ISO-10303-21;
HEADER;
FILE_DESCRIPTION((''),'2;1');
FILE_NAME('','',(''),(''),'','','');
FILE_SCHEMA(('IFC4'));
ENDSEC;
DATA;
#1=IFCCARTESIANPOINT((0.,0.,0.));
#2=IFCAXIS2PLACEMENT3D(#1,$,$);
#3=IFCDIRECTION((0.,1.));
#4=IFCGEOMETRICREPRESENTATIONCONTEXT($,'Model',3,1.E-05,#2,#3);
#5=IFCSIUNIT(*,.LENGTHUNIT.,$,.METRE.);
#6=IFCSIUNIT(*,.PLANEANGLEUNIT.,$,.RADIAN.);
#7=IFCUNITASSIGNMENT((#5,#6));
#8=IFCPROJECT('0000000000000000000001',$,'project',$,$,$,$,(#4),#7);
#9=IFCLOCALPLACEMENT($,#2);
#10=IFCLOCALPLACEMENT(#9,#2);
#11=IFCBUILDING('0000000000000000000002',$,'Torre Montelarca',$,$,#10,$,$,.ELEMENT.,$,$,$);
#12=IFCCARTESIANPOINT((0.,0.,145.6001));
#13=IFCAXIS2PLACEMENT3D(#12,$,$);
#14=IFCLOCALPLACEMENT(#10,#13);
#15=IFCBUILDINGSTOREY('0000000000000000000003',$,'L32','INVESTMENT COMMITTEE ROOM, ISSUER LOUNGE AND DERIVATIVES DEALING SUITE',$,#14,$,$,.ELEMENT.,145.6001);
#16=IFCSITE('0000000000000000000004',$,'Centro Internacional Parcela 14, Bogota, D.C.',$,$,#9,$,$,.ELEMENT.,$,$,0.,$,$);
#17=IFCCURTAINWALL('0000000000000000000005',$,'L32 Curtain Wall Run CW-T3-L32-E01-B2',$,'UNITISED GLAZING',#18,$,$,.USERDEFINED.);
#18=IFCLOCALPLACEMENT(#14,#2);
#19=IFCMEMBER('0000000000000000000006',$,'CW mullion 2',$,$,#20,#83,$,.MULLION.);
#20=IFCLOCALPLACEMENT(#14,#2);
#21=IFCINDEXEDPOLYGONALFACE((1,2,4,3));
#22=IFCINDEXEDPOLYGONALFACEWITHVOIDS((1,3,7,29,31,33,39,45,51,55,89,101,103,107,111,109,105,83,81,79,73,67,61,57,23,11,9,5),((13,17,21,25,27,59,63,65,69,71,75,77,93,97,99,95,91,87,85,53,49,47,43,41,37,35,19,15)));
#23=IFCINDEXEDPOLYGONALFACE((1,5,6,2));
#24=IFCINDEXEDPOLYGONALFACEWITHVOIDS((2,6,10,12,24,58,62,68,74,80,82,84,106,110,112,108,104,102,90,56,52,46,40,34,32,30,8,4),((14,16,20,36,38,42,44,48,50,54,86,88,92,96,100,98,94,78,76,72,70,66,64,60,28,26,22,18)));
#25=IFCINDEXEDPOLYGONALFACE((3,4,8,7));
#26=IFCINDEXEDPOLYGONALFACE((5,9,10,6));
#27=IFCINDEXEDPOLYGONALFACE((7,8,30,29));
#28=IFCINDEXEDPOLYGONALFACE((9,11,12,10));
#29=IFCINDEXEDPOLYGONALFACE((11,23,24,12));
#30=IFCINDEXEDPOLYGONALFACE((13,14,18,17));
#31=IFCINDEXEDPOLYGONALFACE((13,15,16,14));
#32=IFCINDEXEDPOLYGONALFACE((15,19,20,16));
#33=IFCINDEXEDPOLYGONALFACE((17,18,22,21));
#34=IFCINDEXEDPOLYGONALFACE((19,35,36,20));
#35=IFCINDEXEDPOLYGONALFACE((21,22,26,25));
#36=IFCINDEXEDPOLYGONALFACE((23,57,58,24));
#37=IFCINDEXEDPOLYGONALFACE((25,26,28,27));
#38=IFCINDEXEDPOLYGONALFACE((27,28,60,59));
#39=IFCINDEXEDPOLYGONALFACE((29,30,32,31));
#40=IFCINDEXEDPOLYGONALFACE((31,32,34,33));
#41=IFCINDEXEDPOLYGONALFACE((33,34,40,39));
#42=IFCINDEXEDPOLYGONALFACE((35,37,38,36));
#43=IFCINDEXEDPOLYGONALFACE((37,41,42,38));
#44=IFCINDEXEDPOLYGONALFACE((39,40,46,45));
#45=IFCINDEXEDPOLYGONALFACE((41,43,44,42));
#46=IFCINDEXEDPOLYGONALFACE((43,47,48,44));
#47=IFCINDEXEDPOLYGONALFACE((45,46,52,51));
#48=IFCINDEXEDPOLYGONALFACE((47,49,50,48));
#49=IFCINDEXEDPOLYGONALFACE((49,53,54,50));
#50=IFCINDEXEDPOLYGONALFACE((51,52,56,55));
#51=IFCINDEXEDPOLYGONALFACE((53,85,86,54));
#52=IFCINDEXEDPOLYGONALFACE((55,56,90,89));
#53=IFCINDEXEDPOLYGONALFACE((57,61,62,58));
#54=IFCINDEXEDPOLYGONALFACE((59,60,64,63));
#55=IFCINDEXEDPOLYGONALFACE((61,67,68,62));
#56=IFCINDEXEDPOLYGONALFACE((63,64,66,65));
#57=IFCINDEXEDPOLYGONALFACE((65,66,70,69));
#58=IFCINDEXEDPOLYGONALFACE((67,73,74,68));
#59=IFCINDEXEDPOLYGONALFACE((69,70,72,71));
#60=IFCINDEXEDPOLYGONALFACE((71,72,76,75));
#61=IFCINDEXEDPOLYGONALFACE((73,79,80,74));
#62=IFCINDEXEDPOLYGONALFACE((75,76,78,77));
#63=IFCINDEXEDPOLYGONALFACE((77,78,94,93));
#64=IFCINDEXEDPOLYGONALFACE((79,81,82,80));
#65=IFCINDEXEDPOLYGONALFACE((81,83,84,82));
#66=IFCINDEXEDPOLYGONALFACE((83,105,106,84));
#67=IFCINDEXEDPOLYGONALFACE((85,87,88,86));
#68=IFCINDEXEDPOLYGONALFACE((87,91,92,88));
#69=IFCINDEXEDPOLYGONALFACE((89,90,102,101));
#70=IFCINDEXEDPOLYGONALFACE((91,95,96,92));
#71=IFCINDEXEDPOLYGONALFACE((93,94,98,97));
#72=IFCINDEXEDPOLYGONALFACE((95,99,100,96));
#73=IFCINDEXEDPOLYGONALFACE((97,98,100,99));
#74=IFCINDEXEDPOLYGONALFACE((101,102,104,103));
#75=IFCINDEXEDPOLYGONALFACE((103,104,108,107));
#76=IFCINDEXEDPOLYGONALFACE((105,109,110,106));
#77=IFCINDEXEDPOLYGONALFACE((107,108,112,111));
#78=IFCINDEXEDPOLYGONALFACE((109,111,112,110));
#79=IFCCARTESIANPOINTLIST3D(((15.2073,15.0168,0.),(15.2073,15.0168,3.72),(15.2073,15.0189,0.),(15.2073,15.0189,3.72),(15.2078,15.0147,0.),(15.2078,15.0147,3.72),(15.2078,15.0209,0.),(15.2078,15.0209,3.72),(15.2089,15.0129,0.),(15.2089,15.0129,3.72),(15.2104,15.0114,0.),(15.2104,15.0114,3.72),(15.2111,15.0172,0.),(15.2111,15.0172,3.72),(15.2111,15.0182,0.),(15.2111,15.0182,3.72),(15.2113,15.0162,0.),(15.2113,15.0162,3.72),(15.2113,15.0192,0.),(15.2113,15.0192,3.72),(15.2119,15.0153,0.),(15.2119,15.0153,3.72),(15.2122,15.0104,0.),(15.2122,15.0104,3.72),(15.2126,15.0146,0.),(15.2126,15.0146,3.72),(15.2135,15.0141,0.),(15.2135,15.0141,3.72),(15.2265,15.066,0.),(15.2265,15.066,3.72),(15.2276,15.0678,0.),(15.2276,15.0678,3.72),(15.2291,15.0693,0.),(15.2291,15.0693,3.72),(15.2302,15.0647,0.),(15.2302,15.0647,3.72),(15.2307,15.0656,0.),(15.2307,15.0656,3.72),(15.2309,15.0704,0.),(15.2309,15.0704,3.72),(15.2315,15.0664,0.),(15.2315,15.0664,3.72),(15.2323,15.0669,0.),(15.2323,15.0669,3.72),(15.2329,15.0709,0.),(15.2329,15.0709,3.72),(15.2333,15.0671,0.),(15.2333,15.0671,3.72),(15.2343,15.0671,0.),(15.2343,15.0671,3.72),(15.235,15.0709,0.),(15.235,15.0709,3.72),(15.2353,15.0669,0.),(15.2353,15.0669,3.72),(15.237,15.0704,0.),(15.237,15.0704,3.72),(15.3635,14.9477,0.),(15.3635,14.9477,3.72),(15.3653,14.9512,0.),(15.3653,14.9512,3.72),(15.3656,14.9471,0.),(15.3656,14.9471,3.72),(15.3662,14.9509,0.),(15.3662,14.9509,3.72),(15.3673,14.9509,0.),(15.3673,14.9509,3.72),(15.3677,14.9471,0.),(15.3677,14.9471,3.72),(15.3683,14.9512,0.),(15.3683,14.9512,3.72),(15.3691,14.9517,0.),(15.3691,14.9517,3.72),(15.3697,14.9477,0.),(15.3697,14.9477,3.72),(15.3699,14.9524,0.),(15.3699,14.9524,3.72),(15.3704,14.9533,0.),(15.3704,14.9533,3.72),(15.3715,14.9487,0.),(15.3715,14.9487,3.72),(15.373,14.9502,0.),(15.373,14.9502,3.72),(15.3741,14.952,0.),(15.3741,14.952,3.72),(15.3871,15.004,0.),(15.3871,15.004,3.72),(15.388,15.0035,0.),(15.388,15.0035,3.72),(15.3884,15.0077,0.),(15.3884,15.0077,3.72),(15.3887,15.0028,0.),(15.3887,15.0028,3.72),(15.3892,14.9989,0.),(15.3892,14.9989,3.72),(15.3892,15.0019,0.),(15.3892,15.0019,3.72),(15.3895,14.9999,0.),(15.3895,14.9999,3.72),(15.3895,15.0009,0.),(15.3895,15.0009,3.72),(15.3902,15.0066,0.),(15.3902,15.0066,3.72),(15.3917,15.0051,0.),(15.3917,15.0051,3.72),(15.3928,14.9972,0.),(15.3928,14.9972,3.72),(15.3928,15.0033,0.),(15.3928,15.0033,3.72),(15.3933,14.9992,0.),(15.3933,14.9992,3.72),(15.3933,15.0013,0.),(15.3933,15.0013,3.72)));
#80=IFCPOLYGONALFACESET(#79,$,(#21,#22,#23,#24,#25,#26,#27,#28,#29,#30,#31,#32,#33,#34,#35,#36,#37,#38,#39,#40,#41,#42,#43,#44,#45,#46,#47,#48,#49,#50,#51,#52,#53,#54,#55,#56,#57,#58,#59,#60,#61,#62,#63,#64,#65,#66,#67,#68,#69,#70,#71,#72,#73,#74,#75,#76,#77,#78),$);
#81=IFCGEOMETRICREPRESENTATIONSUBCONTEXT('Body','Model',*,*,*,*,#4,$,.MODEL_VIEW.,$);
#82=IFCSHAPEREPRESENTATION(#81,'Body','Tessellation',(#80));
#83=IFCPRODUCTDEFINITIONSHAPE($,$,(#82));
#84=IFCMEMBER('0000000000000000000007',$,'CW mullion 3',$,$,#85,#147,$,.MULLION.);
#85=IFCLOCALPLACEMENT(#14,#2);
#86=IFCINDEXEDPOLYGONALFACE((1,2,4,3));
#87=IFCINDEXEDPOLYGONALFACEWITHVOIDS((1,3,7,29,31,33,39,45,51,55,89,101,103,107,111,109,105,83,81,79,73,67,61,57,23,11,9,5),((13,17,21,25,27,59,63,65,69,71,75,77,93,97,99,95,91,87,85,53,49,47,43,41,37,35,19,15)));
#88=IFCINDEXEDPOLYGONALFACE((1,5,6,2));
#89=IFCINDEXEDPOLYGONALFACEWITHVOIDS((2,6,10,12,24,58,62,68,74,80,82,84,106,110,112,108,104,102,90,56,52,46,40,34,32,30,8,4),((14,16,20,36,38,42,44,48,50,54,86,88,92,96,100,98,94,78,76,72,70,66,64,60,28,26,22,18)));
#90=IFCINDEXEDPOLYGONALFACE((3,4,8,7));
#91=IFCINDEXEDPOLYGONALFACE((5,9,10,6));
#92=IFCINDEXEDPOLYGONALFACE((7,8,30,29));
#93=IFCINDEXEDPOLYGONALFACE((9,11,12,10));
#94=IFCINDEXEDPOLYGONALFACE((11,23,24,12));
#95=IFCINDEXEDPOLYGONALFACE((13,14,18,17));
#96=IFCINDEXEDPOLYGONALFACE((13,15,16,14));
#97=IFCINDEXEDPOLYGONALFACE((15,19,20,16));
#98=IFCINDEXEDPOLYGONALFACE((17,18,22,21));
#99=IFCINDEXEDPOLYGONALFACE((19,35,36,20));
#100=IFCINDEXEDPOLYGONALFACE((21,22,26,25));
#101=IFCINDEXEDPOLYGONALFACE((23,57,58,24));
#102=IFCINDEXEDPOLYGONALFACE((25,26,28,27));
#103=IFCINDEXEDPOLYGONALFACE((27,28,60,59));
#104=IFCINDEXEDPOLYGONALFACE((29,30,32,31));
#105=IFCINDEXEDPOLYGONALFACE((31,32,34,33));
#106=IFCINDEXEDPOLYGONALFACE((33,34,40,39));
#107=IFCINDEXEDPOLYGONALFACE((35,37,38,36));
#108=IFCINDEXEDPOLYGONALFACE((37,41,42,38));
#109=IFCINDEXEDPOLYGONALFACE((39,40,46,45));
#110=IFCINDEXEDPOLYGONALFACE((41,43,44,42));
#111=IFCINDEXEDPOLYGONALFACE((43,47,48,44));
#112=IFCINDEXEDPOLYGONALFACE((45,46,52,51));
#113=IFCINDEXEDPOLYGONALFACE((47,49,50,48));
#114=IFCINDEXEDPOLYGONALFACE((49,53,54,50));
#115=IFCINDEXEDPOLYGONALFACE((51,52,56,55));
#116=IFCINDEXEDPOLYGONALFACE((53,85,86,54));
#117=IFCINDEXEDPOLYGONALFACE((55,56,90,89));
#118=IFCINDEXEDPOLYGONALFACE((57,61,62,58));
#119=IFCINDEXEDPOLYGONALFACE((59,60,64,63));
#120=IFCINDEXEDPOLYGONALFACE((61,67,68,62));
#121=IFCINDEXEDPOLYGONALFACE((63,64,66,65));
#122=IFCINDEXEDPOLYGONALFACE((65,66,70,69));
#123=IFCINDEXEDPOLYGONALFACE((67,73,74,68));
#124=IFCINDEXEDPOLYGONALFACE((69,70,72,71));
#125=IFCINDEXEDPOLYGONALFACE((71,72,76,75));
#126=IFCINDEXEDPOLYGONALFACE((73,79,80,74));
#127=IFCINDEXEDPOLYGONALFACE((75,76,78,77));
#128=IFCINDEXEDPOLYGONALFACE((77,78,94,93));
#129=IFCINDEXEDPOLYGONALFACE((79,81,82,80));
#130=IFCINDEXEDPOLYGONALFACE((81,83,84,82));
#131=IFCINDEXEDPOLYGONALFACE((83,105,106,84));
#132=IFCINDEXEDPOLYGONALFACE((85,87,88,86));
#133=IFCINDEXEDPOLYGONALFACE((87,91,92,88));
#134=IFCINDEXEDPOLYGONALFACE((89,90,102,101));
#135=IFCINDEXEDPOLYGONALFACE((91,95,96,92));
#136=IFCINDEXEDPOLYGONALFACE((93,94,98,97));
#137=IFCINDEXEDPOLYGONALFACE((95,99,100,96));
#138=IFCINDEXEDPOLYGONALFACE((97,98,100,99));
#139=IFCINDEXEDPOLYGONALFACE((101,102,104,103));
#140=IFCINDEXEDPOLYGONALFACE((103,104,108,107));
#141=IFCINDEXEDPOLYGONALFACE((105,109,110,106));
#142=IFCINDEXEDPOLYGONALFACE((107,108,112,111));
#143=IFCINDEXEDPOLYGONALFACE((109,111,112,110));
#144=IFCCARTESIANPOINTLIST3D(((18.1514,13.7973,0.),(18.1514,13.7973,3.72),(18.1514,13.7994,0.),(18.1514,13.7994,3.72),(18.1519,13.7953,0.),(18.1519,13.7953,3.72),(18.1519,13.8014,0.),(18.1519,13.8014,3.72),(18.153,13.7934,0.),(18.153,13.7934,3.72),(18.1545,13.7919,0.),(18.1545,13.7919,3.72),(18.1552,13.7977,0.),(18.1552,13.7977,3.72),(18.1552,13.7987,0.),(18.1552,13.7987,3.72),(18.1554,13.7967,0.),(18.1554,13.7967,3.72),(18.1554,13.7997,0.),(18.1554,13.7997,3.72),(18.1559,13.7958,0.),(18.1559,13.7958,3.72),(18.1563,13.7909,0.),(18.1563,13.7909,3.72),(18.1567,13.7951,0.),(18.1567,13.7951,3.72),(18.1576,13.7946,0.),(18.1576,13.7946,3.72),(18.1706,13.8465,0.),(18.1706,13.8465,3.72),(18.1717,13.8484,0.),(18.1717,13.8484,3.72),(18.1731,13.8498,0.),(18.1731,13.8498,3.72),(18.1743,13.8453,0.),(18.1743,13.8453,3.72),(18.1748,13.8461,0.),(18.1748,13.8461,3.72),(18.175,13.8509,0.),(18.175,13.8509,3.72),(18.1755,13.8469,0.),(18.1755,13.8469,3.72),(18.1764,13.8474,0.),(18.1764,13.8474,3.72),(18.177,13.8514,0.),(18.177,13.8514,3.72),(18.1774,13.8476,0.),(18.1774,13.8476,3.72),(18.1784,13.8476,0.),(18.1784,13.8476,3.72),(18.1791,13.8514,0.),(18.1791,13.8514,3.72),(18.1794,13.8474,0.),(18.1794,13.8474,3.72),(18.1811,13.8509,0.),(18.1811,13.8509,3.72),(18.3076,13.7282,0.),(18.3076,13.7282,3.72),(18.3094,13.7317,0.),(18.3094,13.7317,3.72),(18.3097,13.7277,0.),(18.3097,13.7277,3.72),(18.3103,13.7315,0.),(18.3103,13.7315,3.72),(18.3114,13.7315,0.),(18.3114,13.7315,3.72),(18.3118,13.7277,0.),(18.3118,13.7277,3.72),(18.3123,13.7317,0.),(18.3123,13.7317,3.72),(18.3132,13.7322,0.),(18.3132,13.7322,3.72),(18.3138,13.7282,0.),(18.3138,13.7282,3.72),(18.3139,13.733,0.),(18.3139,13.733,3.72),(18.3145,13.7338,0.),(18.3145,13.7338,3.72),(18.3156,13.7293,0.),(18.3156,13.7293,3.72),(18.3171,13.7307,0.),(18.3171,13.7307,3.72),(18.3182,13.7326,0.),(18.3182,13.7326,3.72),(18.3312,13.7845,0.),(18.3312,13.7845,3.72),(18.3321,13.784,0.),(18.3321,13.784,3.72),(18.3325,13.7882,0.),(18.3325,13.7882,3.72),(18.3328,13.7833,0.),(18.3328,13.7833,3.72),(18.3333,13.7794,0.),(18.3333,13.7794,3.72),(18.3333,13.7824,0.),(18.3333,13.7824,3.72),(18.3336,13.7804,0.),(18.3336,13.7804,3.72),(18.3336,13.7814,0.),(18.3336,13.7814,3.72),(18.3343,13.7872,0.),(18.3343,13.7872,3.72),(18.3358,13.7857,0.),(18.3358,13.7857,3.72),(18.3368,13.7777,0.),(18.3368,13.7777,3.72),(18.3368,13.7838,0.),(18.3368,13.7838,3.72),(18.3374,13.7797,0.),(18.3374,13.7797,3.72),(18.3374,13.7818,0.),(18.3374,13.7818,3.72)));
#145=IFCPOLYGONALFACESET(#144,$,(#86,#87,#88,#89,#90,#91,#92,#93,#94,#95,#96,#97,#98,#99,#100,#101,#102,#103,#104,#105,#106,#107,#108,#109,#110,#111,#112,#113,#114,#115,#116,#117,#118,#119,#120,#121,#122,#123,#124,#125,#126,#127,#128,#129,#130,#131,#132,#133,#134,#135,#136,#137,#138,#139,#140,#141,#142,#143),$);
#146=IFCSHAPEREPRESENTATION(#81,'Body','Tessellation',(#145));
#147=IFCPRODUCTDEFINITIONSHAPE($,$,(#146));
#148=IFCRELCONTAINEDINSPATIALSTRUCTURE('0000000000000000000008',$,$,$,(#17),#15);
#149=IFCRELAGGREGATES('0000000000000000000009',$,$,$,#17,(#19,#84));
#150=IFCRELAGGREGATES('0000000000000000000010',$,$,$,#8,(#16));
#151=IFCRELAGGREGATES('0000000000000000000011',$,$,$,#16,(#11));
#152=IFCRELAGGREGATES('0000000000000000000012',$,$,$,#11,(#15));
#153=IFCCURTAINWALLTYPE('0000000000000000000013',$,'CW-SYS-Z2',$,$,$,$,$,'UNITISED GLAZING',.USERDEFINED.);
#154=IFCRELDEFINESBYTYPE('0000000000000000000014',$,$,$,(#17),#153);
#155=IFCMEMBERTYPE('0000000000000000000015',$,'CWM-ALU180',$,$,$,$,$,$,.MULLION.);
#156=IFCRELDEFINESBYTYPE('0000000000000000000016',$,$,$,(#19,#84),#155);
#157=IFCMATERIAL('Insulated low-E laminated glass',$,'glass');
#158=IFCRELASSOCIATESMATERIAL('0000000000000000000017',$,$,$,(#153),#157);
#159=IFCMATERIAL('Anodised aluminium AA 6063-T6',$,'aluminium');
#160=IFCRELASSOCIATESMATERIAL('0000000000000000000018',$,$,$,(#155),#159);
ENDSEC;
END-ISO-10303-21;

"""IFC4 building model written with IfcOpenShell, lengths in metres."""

from ifc_helpers import new_model, si_unit, direction, frame, origin, origin_2d, place, context, subcontext, project, spatial, hollow_rectangle, extrude, source, transform, mapped, material, material_profile, profile_set, type_object, element, aggregate, save


model = new_model("IFC4")

# Units and contexts
model_context = context("Model", 3, precision=1e-05, world=origin(), true_north=direction((0.0, 1.0)))
body_context = subcontext(model_context, "Body", "Model", "MODEL_VIEW")
ifc_project = project(units=[si_unit("LENGTHUNIT", "METRE"), si_unit("PLANEANGLEUNIT", "RADIAN")], contexts=[model_context])

# Site, building, storey
site_placement = place(None, origin())
site = spatial("IfcSite", under=ifc_project, at=site_placement, Name="Centro Internacional Parcela 14, Bogota, D.C.", CompositionType="ELEMENT", RefElevation=0.0)
building_placement = place(site_placement, origin())
building = spatial("IfcBuilding", under=site, at=building_placement, Name="Torre Montelarca", CompositionType="ELEMENT")
storey_placement = place(building_placement, frame((0.0, 0.0, 145.6001)))
storey = spatial("IfcBuildingStorey", under=building, at=storey_placement, Name="L32", Description="INVESTMENT COMMITTEE ROOM, ISSUER LOUNGE AND DERIVATIVES DEALING SUITE", CompositionType="ELEMENT", Elevation=145.6001)

# Curtain wall, members
ifc_material_1 = material(Name="Insulated low-E laminated glass", Category="glass")
curtain_wall_type = type_object("IfcCurtainWallType", Name="CW-SYS-Z2", ElementType="UNITISED GLAZING", PredefinedType="USERDEFINED", material=ifc_material_1)
ifc_material_2 = material(Name="Anodised aluminium AA 6063-T6", Category="aluminium")
ifc_material_profile_1 = material_profile(ifc_material_2, hollow_rectangle(XDim=0.0649, YDim=0.1799, WallThickness=0.0039, InnerFilletRadius=0.0039, OuterFilletRadius=0.0081, at=origin_2d()), Name="ALU65X180X4", Category="aluminium")
ifc_profile_set_1 = profile_set([ifc_material_profile_1], Name="Anodised aluminium AA 6063-T6")
member_type_1 = type_object("IfcMemberType", Name="CWM-ALU180", PredefinedType="MULLION", material=ifc_profile_set_1)
shared_shape_1 = source(origin(), body_context, "Body", "SweptSolid", [
    extrude(hollow_rectangle(XDim=0.0649, YDim=0.1799, WallThickness=0.0039, InnerFilletRadius=0.0039, OuterFilletRadius=0.0081, at=origin_2d()), origin(), (0.0, 0.0, 1.0), 3.72),
])
curtain_wall_1_placement = place(storey_placement, origin())
curtain_wall_1 = element("IfcCurtainWall", 1, at=curtain_wall_1_placement, inside=storey, type_object=curtain_wall_type, Name="L32 Curtain Wall Run CW-T3-L32-E01-B2", ObjectType="UNITISED GLAZING", PredefinedType="USERDEFINED")
member_1_placement = place(storey_placement, frame((15.3003, 15.009, 0.0), z_axis=(0.0, 0.0, 1.0), x_axis=(0.382682, 0.92388, 0.0)))
member_1 = element("IfcMember", 2, at=member_1_placement, type_object=member_type_1, Name="CW mullion 2", PredefinedType="MULLION", context=body_context, shape_type="MappedRepresentation", body=[
    mapped(shared_shape_1, transform((0.0, 0.0, 0.0), scale=1.0)),
])
member_2_placement = place(storey_placement, frame((18.2444, 13.7896, 0.0), z_axis=(0.0, 0.0, 1.0), x_axis=(0.382682, 0.92388, 0.0)))
member_2 = element("IfcMember", 3, at=member_2_placement, type_object=member_type_1, Name="CW mullion 3", PredefinedType="MULLION", context=body_context, shape_type="MappedRepresentation", body=[
    mapped(shared_shape_1, transform((0.0, 0.0, 0.0), scale=1.0)),
])

aggregate(curtain_wall_1, [member_1, member_2])

save(model, "model.ifc")
